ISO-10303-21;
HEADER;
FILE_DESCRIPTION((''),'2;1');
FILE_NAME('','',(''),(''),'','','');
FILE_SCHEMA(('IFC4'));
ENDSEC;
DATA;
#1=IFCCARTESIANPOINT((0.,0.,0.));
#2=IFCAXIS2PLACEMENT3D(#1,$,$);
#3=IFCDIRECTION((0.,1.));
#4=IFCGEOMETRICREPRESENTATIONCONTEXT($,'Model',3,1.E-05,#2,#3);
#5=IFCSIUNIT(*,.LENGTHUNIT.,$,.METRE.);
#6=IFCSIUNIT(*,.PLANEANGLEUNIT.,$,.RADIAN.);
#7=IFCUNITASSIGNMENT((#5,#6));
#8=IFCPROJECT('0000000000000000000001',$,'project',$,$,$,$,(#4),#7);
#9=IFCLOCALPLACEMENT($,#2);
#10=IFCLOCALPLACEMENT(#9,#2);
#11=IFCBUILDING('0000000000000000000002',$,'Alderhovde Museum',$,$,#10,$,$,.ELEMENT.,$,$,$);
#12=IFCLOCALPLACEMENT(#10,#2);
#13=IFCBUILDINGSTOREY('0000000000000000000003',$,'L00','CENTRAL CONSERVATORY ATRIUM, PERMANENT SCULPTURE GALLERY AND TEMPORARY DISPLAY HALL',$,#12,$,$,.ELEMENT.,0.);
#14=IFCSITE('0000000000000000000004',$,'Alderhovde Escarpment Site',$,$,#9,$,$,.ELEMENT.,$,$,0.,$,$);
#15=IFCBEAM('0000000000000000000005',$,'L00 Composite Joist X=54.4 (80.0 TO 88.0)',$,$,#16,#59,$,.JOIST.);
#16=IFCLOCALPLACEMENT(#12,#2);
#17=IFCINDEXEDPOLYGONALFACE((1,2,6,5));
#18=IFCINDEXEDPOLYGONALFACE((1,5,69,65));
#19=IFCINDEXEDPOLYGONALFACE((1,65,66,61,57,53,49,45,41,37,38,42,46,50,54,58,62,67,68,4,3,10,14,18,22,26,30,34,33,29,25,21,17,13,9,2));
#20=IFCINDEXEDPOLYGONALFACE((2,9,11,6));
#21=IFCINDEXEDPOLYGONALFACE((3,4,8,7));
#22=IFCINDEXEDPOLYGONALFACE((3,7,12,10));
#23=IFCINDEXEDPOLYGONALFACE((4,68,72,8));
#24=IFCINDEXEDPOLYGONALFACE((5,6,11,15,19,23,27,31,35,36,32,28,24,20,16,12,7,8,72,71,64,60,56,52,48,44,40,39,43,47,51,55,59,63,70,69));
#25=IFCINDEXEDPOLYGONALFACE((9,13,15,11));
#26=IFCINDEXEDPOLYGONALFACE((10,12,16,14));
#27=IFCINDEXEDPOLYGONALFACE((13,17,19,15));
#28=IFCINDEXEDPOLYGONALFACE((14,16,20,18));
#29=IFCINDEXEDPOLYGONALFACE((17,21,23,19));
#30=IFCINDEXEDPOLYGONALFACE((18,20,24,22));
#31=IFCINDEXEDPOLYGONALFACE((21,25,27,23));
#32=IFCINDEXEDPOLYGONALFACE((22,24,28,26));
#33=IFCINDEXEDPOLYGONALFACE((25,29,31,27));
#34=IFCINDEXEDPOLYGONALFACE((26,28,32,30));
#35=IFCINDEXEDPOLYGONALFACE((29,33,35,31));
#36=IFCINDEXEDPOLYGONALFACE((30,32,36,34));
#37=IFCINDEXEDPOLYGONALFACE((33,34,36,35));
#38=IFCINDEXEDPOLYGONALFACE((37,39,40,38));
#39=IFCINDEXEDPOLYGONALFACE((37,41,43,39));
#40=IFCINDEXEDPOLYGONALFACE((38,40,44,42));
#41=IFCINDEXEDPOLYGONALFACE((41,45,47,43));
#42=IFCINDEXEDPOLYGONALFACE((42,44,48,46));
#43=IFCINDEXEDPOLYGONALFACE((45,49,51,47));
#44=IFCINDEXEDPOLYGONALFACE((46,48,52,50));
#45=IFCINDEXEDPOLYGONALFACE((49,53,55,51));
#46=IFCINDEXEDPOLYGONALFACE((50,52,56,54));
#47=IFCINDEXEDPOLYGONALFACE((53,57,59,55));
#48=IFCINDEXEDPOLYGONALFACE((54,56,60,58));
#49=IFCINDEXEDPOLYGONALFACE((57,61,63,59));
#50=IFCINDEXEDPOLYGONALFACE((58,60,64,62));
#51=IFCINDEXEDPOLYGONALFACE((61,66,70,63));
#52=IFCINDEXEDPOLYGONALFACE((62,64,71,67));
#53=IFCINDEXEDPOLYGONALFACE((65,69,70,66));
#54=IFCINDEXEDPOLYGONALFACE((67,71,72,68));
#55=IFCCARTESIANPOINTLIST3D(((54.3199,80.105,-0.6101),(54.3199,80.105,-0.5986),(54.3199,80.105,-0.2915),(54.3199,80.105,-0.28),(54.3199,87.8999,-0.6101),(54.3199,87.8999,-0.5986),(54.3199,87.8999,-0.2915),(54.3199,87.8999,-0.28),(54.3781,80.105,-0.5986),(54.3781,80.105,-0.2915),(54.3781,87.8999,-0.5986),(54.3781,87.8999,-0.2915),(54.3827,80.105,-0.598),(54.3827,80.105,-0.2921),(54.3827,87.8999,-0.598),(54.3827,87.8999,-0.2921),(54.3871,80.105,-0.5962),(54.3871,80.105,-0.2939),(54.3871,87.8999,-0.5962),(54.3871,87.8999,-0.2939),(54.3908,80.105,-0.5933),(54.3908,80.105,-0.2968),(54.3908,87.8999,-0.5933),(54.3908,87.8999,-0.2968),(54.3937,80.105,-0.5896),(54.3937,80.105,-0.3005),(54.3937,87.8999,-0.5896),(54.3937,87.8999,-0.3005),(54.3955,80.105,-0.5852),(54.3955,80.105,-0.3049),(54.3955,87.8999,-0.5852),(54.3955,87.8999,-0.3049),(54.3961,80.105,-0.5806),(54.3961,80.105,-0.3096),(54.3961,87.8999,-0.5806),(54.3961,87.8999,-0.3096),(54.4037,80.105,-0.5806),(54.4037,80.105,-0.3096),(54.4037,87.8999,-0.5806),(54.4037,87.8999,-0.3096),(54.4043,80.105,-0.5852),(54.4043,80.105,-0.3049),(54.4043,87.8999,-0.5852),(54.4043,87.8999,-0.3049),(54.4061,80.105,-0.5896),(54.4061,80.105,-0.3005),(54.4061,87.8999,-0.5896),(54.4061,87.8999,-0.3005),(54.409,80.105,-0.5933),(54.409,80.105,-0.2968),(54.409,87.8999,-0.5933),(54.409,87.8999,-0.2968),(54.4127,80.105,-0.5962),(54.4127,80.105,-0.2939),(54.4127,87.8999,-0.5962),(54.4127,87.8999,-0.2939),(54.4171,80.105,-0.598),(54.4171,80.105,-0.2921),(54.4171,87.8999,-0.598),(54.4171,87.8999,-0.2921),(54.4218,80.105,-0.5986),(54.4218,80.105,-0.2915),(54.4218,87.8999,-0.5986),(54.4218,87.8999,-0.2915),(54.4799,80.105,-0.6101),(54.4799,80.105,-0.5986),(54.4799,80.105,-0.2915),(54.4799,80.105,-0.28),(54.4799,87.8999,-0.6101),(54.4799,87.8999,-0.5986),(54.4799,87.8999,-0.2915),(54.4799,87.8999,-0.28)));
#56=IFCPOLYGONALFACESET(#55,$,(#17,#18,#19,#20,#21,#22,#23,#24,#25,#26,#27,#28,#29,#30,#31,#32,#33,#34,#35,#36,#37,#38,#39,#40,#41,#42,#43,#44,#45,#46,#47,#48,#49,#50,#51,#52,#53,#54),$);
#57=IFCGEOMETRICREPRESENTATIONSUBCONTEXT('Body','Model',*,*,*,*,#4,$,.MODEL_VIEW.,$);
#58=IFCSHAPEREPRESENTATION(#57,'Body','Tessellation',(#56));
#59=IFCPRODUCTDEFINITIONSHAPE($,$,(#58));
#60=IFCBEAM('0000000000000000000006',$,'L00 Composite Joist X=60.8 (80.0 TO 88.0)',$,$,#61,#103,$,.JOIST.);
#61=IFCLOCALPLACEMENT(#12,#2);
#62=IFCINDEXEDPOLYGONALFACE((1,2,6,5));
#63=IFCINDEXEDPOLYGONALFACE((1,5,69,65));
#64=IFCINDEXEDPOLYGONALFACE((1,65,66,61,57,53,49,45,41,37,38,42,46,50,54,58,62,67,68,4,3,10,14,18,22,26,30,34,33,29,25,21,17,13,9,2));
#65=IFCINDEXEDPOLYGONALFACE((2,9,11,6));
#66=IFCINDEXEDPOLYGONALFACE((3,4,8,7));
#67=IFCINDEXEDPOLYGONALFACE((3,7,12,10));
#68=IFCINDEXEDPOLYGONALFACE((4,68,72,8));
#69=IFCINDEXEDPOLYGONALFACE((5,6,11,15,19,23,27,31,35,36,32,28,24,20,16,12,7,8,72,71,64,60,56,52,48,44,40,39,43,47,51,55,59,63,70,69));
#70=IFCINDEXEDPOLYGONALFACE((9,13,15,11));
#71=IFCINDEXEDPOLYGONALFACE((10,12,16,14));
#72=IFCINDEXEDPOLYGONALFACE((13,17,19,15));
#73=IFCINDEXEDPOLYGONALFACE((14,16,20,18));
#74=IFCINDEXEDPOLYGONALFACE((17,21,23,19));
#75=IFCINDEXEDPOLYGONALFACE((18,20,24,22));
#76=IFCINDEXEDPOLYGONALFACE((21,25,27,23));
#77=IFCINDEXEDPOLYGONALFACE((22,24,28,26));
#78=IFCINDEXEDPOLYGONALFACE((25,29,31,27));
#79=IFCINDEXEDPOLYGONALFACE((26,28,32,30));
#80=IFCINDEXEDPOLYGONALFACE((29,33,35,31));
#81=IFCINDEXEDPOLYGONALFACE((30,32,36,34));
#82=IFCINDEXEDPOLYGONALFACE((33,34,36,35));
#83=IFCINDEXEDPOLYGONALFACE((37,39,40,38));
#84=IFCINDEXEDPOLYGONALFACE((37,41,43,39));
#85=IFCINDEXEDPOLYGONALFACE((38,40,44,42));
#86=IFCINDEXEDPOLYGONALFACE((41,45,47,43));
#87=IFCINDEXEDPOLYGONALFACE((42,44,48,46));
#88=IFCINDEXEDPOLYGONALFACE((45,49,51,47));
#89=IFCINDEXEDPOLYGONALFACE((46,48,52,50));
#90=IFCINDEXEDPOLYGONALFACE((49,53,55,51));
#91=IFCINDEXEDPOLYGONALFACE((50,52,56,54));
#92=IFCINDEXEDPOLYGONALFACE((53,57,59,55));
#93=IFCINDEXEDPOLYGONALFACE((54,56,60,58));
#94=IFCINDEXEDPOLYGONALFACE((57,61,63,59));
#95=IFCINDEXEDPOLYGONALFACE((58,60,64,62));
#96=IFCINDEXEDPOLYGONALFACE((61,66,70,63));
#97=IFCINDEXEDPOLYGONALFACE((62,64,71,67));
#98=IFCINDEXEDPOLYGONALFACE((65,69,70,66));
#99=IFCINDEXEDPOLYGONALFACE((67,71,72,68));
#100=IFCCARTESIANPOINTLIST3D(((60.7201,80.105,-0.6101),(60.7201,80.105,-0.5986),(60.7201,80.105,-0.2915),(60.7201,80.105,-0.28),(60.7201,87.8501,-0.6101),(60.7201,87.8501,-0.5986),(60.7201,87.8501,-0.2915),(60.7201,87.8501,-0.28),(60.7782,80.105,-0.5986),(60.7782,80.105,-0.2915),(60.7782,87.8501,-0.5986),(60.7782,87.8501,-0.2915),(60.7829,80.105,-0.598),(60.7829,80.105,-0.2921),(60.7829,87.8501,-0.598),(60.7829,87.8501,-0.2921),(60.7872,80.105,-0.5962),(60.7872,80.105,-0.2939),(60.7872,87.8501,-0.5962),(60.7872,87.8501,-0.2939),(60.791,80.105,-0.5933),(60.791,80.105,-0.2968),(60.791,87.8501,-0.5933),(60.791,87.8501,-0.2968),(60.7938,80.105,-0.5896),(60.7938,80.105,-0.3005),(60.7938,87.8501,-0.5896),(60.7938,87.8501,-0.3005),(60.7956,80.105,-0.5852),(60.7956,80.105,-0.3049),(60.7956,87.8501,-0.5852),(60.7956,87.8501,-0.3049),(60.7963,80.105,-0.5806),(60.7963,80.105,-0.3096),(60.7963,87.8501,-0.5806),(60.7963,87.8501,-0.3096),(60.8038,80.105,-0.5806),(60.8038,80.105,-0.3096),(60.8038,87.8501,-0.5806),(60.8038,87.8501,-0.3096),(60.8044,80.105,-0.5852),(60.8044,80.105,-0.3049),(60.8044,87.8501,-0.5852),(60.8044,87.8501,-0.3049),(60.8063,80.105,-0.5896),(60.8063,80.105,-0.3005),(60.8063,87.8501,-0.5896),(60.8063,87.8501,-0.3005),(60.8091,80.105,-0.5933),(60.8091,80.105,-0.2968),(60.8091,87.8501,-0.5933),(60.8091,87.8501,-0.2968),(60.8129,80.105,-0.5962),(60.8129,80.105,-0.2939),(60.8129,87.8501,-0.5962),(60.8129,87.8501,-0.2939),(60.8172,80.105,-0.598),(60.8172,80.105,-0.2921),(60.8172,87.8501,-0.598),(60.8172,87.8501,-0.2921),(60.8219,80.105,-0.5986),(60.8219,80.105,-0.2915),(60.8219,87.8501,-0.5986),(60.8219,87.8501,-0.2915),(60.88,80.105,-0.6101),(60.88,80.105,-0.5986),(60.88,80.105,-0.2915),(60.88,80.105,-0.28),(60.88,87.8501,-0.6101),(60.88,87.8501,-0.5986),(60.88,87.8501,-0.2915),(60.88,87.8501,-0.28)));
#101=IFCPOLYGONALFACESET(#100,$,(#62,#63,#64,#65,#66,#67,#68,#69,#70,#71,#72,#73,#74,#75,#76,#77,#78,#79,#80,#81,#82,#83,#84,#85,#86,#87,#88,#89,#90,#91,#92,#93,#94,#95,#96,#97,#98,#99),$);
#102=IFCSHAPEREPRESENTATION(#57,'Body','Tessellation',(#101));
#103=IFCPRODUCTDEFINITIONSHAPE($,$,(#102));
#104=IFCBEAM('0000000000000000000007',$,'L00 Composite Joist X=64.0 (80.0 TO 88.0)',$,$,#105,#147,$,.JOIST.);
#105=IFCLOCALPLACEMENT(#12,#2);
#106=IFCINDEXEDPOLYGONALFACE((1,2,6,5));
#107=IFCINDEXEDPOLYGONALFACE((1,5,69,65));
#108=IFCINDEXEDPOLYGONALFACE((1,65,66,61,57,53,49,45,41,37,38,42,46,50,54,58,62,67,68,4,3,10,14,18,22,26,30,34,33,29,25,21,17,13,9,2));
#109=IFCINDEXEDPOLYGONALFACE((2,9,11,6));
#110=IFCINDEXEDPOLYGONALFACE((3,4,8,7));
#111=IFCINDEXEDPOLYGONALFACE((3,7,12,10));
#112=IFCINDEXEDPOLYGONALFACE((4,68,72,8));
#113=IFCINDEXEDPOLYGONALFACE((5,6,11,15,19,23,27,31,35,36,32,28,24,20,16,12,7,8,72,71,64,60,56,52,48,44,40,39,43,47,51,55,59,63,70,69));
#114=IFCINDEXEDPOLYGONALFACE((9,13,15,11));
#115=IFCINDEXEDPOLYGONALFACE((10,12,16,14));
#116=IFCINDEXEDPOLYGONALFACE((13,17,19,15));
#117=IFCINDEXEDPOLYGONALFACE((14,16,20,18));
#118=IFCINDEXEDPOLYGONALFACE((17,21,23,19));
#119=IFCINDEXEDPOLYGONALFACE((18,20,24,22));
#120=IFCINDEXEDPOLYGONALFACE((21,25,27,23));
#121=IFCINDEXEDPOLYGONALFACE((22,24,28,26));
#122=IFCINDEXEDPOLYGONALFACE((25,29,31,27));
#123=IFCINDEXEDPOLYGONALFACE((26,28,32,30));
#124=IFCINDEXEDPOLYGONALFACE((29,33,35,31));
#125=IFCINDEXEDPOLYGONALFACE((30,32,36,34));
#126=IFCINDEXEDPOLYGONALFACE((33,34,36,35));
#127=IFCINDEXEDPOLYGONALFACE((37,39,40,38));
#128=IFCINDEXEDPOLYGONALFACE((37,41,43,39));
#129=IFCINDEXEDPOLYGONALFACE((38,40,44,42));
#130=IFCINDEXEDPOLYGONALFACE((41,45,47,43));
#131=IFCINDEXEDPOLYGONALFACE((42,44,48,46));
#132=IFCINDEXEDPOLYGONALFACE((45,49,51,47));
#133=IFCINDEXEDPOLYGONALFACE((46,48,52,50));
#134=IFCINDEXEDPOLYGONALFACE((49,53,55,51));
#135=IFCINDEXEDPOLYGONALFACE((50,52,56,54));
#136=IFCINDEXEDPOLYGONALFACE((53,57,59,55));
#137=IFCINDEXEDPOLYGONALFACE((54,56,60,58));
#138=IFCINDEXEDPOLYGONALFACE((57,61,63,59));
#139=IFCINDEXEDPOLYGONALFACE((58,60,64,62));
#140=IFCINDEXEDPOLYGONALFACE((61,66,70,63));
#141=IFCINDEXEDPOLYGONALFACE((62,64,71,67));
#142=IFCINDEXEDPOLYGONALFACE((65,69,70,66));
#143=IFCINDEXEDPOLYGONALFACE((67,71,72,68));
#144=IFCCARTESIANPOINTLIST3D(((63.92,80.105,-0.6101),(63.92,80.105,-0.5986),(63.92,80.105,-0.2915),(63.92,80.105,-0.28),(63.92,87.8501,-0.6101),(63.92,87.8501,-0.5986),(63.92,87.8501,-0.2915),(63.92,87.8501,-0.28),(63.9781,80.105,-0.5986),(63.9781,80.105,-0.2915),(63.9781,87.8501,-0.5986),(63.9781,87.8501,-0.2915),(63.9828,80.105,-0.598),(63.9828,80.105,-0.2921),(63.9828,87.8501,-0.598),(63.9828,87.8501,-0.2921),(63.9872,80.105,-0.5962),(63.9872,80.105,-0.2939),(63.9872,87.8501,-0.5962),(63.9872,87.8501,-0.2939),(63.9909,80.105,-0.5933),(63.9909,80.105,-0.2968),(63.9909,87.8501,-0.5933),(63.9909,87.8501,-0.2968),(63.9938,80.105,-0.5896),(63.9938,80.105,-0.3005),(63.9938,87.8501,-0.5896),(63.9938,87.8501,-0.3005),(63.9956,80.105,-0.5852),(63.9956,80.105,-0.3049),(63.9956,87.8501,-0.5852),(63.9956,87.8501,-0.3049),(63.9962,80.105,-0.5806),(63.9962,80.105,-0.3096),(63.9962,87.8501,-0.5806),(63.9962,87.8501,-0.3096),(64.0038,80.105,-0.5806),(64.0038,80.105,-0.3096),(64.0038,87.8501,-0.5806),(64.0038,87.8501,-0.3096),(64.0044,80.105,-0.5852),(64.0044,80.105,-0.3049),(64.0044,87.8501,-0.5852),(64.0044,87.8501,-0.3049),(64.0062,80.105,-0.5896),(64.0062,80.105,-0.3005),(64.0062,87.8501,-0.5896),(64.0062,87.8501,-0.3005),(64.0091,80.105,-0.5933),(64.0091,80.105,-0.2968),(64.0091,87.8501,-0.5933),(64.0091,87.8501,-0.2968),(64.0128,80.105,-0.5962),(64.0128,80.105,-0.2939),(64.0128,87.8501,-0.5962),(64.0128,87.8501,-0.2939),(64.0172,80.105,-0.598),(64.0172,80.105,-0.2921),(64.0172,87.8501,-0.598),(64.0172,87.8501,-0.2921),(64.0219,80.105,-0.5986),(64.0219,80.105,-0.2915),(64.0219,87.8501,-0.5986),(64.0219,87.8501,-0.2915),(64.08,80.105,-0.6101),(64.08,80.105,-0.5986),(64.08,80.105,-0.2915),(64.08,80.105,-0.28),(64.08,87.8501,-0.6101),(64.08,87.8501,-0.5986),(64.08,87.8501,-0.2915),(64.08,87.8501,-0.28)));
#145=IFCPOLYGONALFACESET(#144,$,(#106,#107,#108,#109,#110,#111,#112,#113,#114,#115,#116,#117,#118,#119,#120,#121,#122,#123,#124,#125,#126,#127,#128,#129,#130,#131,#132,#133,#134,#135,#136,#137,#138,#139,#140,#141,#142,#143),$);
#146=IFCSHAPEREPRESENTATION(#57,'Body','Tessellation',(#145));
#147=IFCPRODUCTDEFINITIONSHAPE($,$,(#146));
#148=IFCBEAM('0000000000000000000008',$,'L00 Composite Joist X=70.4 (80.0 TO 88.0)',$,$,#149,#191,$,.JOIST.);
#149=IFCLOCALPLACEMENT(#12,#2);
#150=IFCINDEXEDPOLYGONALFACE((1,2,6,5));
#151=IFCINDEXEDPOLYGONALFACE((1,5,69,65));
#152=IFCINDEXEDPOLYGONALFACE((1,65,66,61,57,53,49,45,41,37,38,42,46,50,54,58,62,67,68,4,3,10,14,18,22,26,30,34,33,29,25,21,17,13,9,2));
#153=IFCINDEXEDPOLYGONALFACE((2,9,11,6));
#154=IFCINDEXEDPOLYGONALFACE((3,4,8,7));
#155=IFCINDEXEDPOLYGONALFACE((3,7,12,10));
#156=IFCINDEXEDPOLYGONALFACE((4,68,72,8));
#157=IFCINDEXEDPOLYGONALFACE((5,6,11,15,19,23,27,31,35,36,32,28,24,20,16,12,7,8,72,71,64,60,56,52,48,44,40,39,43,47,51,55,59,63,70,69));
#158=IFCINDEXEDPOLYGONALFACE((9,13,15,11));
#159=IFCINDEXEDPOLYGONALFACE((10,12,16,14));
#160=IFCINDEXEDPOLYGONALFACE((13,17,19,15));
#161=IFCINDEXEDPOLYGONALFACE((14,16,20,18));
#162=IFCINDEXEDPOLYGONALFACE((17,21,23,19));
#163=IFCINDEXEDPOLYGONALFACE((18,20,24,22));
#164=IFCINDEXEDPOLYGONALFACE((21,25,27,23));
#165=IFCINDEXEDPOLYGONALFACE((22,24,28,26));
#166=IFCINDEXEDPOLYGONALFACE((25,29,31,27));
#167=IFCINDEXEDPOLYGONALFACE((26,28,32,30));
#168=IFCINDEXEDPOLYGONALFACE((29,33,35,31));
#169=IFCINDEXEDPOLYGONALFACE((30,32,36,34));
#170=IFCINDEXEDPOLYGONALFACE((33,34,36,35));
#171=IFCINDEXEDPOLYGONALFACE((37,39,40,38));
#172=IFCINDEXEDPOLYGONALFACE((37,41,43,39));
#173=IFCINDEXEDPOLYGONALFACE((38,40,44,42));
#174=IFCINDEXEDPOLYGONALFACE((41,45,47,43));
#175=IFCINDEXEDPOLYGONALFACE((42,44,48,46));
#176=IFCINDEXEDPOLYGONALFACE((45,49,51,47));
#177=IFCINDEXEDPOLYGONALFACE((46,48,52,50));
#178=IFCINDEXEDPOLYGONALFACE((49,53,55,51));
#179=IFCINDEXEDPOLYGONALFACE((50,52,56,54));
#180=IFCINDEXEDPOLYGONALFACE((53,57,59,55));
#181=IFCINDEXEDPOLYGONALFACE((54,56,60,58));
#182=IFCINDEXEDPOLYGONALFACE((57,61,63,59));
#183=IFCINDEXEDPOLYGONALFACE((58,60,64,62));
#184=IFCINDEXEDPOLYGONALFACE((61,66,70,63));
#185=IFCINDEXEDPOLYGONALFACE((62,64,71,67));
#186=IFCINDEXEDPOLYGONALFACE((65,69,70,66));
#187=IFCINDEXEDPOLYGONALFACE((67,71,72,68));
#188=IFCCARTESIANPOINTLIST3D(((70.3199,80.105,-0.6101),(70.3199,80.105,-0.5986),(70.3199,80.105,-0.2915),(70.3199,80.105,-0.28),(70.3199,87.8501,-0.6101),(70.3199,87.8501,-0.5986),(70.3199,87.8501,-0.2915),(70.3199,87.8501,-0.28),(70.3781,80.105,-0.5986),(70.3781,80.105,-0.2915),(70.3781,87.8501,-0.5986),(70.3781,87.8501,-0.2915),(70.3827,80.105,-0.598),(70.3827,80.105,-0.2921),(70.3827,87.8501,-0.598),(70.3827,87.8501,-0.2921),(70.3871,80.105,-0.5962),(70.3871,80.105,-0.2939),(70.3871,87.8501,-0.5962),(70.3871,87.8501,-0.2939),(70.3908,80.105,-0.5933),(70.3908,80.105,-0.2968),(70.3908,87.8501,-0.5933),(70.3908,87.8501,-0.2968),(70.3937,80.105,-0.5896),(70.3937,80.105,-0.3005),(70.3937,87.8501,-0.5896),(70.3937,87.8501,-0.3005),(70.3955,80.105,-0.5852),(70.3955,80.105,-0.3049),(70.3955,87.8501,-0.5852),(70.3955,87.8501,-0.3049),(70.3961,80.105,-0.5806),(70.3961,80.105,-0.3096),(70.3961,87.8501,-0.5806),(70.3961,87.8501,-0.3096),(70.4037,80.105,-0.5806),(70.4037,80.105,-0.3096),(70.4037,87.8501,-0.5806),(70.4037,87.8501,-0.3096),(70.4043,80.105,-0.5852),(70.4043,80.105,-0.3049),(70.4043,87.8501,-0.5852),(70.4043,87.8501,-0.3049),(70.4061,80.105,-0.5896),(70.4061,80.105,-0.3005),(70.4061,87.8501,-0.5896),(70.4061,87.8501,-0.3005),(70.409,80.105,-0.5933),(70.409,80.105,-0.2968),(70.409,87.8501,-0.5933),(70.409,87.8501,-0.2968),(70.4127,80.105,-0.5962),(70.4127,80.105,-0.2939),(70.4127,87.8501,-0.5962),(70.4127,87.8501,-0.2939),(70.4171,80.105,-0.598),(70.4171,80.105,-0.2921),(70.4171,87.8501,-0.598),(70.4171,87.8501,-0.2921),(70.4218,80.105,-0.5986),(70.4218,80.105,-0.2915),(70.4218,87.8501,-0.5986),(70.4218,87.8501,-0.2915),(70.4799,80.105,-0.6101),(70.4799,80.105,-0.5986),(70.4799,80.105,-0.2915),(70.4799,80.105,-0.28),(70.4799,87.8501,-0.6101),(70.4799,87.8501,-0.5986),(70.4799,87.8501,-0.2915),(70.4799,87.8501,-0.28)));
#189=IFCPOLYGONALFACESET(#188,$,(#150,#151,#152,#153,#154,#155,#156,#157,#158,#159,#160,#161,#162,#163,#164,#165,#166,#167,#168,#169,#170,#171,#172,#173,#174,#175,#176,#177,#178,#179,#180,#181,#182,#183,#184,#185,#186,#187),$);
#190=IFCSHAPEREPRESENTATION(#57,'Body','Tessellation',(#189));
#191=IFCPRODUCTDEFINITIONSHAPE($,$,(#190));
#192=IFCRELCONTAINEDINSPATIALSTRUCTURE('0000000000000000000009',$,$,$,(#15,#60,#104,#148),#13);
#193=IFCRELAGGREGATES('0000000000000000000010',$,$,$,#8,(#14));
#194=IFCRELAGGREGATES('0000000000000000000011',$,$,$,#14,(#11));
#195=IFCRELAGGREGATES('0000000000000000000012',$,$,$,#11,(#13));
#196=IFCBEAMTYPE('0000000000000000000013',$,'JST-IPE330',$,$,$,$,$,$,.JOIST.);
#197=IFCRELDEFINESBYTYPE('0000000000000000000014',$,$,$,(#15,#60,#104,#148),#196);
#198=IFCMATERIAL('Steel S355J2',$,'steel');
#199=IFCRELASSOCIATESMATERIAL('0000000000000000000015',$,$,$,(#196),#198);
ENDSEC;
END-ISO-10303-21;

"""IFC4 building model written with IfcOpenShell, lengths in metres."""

from ifc_helpers import new_model, si_unit, direction, frame, origin, origin_2d, place, context, subcontext, project, spatial, i_section, extrude, material, material_profile, profile_set, type_object, element, save


model = new_model("IFC4")

# Units and contexts
model_context = context("Model", 3, precision=1e-05, world=origin(), true_north=direction((0.0, 1.0)))
body_context = subcontext(model_context, "Body", "Model", "MODEL_VIEW")
ifc_project = project(units=[si_unit("LENGTHUNIT", "METRE"), si_unit("PLANEANGLEUNIT", "RADIAN")], contexts=[model_context])

# Site, building, storey
site_placement = place(None, origin())
site = spatial("IfcSite", under=ifc_project, at=site_placement, Name="Alderhovde Escarpment Site", CompositionType="ELEMENT", RefElevation=0.0)
building_placement = place(site_placement, origin())
building = spatial("IfcBuilding", under=site, at=building_placement, Name="Alderhovde Museum", CompositionType="ELEMENT")
storey_placement = place(building_placement, origin())
storey = spatial("IfcBuildingStorey", under=building, at=storey_placement, Name="L00", Description="CENTRAL CONSERVATORY ATRIUM, PERMANENT SCULPTURE GALLERY AND TEMPORARY DISPLAY HALL", CompositionType="ELEMENT", Elevation=0.0)

# Beams
ifc_material_1 = material(Name="Steel S355J2", Category="steel")
ifc_material_profile_1 = material_profile(ifc_material_1, i_section(OverallWidth=0.1599, OverallDepth=0.3301, WebThickness=0.0076, FlangeThickness=0.0115, FilletRadius=0.0181, at=origin_2d()), Name="IPE 330")
ifc_profile_set_1 = profile_set([ifc_material_profile_1], Name="Steel S355J2")
beam_type_1 = type_object("IfcBeamType", Name="JST-IPE330", PredefinedType="JOIST", material=ifc_profile_set_1)
for number, where, z_axis, x_axis, name in (
    (1, (54.3999, 80.105, -0.4451), (0.0, 1.0, 0.0), (-1.0, 0.0, 0.0), "L00 Composite Joist X=54.4 (80.0 TO 88.0)"),
):
    element("IfcBeam", number, at=place(storey_placement, frame(where, z_axis=z_axis, x_axis=x_axis)), inside=storey, type_object=beam_type_1, Name=name, PredefinedType="JOIST", context=body_context, shape_type="SweptSolid", body=[
        extrude(i_section(OverallWidth=0.1599, OverallDepth=0.3301, WebThickness=0.0076, FlangeThickness=0.0115, FilletRadius=0.0181, at=origin_2d()), origin(), (0.0, 0.0, 1.0), 7.7949),
    ])
for number, where, z_axis, x_axis, name in (
    (2, (60.8, 80.105, -0.4451), (0.0, 1.0, 0.0), (-1.0, 0.0, 0.0), "L00 Composite Joist X=60.8 (80.0 TO 88.0)"),
    (3, (64.0, 80.105, -0.4451), (0.0, 1.0, 0.0), (-1.0, 0.0, 0.0), "L00 Composite Joist X=64.0 (80.0 TO 88.0)"),
    (4, (70.3999, 80.105, -0.4451), (0.0, 1.0, 0.0), (-1.0, 0.0, 0.0), "L00 Composite Joist X=70.4 (80.0 TO 88.0)"),
):
    element("IfcBeam", number, at=place(storey_placement, frame(where, z_axis=z_axis, x_axis=x_axis)), inside=storey, type_object=beam_type_1, Name=name, PredefinedType="JOIST", context=body_context, shape_type="SweptSolid", body=[
        extrude(i_section(OverallWidth=0.1599, OverallDepth=0.3301, WebThickness=0.0076, FlangeThickness=0.0115, FilletRadius=0.0181, at=origin_2d()), origin(), (0.0, 0.0, 1.0), 7.7451),
    ])

save(model, "model.ifc")
